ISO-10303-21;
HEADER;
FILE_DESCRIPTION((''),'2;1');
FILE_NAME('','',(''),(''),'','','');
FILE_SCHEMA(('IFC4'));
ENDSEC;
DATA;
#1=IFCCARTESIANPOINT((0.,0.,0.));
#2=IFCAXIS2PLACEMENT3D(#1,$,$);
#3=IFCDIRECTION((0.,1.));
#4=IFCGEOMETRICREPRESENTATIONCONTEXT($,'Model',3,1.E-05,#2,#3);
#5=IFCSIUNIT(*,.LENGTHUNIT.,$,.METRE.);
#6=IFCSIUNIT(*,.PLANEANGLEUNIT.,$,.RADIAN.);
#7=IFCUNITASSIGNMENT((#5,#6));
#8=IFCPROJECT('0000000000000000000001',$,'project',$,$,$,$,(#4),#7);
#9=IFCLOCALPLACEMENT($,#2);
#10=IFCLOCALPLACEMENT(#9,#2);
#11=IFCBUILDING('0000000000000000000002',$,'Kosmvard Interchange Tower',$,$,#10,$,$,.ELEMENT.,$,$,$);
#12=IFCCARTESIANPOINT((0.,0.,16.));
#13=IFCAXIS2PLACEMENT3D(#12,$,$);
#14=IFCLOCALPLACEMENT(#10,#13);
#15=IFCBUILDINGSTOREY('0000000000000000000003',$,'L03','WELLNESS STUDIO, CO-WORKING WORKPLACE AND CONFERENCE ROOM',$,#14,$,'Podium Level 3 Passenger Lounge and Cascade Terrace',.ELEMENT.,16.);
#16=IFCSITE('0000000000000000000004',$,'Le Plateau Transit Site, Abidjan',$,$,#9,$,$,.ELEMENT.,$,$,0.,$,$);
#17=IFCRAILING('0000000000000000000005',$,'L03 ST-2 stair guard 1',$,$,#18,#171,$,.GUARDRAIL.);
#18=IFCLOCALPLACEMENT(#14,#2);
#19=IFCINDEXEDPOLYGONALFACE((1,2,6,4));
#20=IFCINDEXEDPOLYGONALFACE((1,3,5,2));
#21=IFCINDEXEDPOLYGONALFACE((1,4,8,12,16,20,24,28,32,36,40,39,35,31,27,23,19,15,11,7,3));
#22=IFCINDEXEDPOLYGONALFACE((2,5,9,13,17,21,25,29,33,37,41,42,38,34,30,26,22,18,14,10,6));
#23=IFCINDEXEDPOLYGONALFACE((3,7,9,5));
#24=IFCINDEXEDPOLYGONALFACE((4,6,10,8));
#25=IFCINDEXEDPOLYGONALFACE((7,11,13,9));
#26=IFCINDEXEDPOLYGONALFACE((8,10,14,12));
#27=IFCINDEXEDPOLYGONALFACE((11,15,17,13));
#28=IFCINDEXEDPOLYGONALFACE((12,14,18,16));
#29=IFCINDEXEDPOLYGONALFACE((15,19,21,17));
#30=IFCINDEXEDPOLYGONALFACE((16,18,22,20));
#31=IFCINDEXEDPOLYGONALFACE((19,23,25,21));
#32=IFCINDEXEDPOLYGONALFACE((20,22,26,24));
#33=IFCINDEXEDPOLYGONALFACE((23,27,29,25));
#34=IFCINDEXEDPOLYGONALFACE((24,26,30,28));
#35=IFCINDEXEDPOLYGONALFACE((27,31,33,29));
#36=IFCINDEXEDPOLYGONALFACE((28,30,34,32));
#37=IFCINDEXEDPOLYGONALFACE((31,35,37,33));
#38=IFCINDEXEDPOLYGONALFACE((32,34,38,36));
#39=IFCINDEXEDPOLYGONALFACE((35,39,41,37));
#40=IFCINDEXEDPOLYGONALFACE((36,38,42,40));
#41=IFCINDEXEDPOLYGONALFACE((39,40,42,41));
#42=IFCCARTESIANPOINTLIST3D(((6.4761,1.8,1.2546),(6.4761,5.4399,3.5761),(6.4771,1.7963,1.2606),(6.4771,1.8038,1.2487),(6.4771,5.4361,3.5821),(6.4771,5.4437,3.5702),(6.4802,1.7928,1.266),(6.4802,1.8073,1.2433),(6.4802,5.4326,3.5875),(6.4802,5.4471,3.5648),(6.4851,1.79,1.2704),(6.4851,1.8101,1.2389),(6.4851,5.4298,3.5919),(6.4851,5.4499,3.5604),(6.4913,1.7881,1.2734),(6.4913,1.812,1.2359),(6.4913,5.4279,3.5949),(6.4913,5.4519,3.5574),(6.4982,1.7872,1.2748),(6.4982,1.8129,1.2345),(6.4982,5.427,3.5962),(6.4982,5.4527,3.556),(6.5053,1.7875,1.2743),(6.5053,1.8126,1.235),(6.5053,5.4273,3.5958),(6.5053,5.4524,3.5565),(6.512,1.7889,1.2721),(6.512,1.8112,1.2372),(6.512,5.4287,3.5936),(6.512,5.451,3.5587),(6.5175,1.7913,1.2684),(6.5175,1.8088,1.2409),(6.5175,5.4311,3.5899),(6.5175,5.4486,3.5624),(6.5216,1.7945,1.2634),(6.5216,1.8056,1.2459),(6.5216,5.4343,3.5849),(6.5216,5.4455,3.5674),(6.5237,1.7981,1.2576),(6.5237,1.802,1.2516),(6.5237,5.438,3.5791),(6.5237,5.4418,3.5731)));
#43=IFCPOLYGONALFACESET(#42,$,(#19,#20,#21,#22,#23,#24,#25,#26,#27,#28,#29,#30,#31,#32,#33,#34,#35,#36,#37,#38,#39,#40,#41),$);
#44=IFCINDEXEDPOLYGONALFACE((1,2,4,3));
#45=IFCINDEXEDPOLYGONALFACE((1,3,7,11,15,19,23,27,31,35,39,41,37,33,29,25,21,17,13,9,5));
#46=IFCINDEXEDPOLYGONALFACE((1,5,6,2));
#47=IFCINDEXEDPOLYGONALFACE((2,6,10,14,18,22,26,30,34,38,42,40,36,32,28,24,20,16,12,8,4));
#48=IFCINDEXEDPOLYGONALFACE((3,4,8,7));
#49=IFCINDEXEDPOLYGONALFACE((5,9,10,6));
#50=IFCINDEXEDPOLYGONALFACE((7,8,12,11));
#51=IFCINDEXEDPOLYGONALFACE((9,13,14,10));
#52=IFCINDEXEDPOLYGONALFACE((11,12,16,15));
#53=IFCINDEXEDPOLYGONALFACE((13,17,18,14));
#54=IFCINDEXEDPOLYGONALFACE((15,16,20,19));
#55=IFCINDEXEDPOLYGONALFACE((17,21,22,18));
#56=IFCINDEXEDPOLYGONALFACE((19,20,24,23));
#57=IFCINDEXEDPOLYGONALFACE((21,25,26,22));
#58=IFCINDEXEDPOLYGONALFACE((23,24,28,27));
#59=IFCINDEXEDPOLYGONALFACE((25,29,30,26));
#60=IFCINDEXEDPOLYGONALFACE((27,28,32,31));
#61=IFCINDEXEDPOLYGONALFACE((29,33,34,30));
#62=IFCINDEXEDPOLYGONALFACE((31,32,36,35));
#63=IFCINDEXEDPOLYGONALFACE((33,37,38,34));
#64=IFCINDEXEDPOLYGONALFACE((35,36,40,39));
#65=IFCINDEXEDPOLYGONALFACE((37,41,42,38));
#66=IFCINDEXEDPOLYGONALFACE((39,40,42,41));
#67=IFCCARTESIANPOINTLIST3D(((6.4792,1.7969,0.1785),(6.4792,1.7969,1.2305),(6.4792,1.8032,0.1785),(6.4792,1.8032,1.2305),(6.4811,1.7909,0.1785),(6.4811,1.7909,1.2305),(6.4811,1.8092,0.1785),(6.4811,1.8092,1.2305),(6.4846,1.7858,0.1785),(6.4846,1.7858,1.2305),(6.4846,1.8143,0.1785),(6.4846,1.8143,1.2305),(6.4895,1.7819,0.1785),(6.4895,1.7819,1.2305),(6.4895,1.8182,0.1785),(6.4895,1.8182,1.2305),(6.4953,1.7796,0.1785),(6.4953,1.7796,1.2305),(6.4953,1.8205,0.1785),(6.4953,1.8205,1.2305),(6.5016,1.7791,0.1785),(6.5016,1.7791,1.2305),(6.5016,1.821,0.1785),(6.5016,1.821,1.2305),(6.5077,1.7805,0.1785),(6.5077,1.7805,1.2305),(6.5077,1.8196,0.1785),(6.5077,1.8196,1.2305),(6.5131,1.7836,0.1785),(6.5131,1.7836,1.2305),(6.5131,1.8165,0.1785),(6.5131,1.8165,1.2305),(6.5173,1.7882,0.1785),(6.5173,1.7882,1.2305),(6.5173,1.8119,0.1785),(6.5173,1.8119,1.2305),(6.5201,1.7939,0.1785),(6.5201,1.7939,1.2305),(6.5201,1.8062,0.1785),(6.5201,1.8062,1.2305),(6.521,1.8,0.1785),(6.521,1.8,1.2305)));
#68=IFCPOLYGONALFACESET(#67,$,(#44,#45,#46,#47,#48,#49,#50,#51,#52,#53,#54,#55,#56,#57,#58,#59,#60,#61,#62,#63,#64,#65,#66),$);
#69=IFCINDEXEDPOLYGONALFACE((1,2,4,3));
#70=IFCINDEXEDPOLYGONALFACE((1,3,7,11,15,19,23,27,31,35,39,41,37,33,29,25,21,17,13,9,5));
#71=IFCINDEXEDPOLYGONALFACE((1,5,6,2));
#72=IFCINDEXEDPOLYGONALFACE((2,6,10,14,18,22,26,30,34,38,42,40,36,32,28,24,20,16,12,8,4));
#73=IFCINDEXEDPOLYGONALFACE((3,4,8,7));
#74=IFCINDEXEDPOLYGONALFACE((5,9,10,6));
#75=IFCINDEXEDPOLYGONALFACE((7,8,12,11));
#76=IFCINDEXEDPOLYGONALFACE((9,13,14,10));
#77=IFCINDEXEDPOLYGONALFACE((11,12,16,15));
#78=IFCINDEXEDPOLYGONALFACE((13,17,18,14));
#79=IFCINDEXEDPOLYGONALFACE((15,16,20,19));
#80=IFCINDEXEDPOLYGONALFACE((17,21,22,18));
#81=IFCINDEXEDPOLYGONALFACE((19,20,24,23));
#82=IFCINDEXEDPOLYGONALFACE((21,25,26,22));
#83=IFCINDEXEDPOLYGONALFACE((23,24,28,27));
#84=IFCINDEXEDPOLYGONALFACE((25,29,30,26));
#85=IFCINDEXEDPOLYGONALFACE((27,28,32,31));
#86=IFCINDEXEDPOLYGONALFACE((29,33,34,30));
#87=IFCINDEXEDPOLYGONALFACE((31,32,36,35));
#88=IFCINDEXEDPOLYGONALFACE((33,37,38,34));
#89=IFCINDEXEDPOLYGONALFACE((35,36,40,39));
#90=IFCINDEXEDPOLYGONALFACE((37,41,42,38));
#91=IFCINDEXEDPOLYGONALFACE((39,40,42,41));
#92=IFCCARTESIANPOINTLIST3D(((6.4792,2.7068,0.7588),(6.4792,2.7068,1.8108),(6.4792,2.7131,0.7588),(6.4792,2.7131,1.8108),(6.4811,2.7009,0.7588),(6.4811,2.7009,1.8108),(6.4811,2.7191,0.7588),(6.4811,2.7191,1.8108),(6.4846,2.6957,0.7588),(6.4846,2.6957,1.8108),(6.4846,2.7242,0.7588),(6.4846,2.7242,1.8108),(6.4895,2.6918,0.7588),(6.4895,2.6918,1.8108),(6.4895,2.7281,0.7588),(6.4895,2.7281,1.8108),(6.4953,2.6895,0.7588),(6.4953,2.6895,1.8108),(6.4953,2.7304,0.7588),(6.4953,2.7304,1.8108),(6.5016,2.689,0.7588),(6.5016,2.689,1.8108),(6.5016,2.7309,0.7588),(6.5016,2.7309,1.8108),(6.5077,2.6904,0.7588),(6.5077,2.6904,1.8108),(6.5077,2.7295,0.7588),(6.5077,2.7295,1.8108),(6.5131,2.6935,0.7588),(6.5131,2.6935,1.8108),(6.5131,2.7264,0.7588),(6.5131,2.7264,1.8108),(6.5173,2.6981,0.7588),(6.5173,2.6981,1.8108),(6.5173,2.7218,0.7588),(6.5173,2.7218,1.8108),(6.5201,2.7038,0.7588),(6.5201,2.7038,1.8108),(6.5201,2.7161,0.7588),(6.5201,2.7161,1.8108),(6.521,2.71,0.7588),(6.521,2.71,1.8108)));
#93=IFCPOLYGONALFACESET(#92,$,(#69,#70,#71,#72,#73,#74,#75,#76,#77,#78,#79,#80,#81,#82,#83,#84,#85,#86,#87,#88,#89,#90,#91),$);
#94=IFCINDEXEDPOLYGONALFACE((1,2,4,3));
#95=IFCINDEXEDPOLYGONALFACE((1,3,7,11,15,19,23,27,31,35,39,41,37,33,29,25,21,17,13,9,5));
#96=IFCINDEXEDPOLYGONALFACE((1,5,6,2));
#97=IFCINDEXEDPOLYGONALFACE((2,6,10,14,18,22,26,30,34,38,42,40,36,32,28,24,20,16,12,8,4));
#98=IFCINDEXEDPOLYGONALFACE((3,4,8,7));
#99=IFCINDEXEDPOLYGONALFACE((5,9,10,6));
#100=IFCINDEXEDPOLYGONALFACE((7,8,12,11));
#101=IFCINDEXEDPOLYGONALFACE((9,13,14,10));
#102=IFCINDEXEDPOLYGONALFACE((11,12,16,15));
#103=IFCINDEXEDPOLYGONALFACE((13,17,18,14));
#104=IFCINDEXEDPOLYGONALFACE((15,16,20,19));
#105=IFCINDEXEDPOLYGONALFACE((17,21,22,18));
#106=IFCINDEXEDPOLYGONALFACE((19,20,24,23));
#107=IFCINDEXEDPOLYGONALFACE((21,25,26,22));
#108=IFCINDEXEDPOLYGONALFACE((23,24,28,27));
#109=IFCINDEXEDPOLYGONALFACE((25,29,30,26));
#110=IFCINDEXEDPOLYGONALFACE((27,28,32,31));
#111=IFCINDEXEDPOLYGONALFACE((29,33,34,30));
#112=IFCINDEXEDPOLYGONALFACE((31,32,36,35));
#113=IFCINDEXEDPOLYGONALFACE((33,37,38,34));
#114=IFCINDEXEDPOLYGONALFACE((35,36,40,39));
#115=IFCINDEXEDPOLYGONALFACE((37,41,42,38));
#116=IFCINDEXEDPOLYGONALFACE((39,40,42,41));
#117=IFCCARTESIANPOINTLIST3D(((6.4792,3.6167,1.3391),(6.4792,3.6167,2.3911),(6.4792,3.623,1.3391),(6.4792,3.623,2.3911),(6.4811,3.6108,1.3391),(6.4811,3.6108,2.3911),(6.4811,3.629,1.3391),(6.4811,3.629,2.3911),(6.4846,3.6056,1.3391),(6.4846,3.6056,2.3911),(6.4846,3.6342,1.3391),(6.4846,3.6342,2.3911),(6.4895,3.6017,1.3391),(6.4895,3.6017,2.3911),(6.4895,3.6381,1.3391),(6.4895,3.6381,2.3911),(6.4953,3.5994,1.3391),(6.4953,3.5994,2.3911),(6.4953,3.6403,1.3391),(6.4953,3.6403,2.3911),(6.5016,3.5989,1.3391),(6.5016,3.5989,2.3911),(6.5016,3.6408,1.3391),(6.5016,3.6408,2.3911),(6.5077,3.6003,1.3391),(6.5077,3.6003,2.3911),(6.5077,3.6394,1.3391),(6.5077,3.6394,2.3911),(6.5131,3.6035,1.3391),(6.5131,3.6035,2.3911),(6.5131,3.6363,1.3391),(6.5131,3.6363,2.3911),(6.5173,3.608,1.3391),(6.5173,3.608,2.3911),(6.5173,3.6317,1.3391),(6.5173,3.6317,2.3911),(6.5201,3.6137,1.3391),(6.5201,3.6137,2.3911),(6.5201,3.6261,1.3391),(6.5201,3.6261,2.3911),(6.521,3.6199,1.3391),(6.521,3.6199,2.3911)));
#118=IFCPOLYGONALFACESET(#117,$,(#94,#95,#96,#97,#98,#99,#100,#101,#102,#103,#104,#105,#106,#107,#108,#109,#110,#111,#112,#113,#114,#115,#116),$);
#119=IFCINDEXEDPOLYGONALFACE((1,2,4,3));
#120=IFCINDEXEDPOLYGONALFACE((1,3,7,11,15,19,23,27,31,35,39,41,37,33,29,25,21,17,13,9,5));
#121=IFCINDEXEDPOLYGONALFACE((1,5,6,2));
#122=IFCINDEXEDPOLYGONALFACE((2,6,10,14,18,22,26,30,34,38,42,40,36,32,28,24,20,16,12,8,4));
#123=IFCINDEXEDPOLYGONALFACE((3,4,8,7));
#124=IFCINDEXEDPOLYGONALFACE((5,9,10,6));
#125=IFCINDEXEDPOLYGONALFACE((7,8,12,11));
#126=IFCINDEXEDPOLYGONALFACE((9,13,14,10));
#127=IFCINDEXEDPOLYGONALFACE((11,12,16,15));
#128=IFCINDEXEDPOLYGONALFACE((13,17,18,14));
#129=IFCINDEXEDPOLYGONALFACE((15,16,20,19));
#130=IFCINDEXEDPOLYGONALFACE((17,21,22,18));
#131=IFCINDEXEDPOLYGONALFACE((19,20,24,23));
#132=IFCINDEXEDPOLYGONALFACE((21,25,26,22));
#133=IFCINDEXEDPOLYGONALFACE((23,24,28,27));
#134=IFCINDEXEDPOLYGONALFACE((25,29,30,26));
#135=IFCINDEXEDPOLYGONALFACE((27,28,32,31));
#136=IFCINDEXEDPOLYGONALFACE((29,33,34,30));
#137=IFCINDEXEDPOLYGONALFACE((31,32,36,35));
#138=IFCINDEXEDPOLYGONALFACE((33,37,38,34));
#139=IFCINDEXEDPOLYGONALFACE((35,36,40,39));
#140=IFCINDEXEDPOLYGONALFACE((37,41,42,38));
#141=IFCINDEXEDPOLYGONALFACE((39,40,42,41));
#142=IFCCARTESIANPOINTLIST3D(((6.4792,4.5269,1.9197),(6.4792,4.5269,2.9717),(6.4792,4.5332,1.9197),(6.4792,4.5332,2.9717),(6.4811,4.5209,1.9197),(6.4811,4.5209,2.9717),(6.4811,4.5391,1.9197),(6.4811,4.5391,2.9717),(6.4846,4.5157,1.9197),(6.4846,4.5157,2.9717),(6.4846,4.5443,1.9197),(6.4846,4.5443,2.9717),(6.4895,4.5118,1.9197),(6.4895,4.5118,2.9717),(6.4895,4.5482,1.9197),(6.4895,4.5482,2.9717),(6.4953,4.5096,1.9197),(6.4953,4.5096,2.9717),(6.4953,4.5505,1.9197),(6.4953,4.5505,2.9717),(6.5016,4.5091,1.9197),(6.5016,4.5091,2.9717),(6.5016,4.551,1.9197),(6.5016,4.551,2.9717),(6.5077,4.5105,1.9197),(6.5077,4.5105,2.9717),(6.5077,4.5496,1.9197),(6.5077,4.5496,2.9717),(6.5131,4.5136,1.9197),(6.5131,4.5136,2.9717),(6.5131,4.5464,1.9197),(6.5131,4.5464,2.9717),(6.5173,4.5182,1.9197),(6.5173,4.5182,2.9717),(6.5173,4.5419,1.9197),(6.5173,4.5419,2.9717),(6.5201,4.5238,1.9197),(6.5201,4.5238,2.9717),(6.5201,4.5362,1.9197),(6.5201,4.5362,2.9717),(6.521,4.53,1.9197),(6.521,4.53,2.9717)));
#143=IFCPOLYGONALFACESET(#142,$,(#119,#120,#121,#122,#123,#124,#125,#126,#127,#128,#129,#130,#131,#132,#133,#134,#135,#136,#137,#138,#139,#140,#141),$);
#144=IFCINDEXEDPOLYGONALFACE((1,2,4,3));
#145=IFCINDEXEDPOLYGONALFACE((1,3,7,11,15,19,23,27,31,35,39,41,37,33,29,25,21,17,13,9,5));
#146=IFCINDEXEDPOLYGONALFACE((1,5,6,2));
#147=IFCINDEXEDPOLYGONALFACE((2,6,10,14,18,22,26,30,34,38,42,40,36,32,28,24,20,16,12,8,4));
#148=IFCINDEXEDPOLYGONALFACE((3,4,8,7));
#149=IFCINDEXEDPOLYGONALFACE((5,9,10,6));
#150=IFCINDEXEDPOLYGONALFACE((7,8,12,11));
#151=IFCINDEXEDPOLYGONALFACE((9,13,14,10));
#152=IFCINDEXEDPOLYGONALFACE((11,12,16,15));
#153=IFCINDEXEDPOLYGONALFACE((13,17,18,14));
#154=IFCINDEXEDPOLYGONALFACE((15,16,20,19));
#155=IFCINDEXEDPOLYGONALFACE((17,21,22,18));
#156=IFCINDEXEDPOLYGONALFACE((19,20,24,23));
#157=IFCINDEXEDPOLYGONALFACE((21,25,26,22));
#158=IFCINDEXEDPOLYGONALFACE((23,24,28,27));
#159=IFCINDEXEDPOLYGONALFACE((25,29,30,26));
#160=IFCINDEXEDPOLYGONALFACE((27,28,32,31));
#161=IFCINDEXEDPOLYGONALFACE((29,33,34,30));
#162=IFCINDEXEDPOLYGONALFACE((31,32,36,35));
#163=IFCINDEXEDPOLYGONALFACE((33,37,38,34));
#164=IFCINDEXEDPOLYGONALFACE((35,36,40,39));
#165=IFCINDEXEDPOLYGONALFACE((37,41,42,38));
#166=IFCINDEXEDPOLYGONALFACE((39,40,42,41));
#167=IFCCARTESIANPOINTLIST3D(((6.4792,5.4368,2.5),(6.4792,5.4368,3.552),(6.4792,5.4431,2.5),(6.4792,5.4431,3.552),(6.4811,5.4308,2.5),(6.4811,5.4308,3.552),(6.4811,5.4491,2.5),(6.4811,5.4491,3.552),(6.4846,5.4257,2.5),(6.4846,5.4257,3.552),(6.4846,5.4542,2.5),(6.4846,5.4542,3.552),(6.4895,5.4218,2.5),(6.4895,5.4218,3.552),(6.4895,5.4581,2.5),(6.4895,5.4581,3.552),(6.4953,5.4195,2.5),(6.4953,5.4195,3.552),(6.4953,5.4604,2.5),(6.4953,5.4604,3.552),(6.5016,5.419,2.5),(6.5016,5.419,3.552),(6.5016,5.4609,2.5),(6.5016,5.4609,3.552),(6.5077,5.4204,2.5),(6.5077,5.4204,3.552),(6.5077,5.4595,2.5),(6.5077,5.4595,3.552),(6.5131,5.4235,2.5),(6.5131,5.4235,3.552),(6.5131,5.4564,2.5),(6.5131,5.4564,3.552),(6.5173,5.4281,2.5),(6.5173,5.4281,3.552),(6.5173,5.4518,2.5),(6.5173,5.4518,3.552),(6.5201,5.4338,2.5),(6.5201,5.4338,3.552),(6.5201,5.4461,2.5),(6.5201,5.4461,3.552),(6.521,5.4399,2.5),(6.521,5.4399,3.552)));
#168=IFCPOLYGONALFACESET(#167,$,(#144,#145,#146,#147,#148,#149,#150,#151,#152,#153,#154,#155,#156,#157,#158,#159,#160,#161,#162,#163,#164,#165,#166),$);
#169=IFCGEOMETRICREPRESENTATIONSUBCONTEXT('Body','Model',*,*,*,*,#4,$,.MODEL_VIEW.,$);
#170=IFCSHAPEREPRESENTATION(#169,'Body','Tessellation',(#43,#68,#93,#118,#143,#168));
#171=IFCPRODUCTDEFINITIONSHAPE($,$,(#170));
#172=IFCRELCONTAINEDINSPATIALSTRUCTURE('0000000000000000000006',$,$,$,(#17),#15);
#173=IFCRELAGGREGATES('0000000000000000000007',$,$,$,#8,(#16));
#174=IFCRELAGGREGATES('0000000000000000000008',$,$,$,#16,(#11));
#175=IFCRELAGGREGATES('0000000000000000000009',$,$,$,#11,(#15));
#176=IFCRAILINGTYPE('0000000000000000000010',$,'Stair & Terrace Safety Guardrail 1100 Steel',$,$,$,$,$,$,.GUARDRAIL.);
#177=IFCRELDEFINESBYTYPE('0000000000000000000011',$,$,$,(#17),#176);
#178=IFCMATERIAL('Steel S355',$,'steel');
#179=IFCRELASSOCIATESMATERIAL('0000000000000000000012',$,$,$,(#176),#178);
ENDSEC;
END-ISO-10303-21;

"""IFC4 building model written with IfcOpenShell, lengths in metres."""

from ifc_helpers import new_model, si_unit, direction, frame, origin, origin_2d, place, context, subcontext, project, spatial, circle, extrude, source, transform, mapped, material, type_object, element, save


model = new_model("IFC4")

# Units and contexts
model_context = context("Model", 3, precision=1e-05, world=origin(), true_north=direction((0.0, 1.0)))
body_context = subcontext(model_context, "Body", "Model", "MODEL_VIEW")
ifc_project = project(units=[si_unit("LENGTHUNIT", "METRE"), si_unit("PLANEANGLEUNIT", "RADIAN")], contexts=[model_context])

# Site, building, storey
site_placement = place(None, origin())
site = spatial("IfcSite", under=ifc_project, at=site_placement, Name="Le Plateau Transit Site, Abidjan", CompositionType="ELEMENT", RefElevation=0.0)
building_placement = place(site_placement, origin())
building = spatial("IfcBuilding", under=site, at=building_placement, Name="Kosmvard Interchange Tower", CompositionType="ELEMENT")
storey_placement = place(building_placement, frame((0.0, 0.0, 16.0)))
storey = spatial("IfcBuildingStorey", under=building, at=storey_placement, Name="L03", Description="WELLNESS STUDIO, CO-WORKING WORKPLACE AND CONFERENCE ROOM", LongName="Podium Level 3 Passenger Lounge and Cascade Terrace", CompositionType="ELEMENT", Elevation=16.0)

# Shared definitions
ifc_material_1 = material(Name="Steel S355", Category="steel")

# Railing
railing_type_1 = type_object("IfcRailingType", Name="Stair & Terrace Safety Guardrail 1100 Steel", PredefinedType="GUARDRAIL", material=ifc_material_1)
shared_shape_1 = source(origin(), body_context, "Body", "SweptSolid", [
    extrude(circle(Radius=0.0239, at=origin_2d()), frame((0.0, 0.0, 1.0762), z_axis=(0.0, 0.843112, 0.537739), x_axis=(-1.0, 0.0, 0.0)), (0.0, 0.0, 1.0), 4.3171),
    extrude(circle(Radius=0.021, at=origin_2d()), origin(), (0.0, 0.0, 1.0), 1.052),
    extrude(circle(Radius=0.021, at=origin_2d()), frame((0.0, 0.9099, 0.5803)), (0.0, 0.0, 1.0), 1.052),
    extrude(circle(Radius=0.021, at=origin_2d()), frame((0.0, 1.8198, 1.1606)), (0.0, 0.0, 1.0), 1.052),
    extrude(circle(Radius=0.021, at=origin_2d()), frame((0.0, 2.73, 1.7412)), (0.0, 0.0, 1.0), 1.052),
    extrude(circle(Radius=0.021, at=origin_2d()), frame((0.0, 3.6399, 2.3215)), (0.0, 0.0, 1.0), 1.052),
])
railing_1_placement = place(storey_placement, frame((6.5, 1.8, 0.1785)))
element("IfcRailing", 1, at=railing_1_placement, inside=storey, type_object=railing_type_1, Name="L03 ST-2 stair guard 1", PredefinedType="GUARDRAIL", context=body_context, shape_type="MappedRepresentation", body=[
    mapped(shared_shape_1, transform((0.0, 0.0, 0.0), scale=1.0)),
])

save(model, "model.ifc")
